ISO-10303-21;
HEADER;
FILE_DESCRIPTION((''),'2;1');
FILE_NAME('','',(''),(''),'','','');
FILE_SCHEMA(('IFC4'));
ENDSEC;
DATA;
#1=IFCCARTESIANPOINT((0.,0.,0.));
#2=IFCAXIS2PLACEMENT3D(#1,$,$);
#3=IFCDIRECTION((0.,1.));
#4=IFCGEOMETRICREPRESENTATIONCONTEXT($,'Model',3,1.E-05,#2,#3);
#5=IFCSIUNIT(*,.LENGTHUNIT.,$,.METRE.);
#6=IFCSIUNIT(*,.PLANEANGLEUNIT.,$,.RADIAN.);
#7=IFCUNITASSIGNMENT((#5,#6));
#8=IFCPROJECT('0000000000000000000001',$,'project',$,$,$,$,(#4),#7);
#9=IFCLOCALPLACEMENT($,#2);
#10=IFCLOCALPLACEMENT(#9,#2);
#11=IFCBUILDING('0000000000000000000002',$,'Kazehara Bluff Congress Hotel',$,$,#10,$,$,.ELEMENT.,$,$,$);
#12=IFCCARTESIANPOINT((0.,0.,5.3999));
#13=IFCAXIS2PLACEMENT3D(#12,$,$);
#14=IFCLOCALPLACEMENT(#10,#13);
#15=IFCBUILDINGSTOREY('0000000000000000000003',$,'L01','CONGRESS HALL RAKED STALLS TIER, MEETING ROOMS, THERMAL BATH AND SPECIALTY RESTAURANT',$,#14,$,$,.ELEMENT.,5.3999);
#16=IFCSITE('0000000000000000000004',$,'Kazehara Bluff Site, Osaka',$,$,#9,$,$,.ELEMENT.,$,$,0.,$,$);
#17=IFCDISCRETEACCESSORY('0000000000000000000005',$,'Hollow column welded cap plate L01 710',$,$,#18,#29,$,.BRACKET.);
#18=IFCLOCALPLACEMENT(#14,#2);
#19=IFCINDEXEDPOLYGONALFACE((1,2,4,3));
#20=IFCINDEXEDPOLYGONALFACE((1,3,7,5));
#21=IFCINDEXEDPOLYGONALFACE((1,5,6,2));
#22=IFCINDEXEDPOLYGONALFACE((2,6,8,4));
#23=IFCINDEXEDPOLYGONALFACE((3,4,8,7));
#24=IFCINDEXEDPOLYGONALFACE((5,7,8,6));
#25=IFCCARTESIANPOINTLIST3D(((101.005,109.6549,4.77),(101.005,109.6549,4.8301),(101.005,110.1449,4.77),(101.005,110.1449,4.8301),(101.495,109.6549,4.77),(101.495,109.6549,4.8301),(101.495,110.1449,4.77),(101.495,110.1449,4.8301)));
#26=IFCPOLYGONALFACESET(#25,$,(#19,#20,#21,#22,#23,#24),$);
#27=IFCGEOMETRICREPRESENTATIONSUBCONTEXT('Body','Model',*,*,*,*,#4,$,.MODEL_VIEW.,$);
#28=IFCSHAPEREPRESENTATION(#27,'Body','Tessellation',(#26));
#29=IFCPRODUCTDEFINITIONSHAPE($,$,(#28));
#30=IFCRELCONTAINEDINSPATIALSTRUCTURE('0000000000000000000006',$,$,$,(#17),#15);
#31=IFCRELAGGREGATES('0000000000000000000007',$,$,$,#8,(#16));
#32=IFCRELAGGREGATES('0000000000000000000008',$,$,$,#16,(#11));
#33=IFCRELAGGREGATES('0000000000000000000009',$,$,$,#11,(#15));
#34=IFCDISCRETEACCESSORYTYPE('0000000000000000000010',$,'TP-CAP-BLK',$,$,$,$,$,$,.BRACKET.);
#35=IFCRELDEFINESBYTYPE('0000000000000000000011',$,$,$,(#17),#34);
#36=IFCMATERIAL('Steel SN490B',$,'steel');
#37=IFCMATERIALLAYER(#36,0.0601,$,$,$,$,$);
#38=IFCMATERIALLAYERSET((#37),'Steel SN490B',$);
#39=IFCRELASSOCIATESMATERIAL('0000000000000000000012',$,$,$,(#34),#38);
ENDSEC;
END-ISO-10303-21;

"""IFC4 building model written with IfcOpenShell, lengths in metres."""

from ifc_helpers import new_model, si_unit, direction, frame, origin, origin_2d, place, context, subcontext, project, spatial, rectangle, extrude, material, layer, layer_set, type_object, element, save


model = new_model("IFC4")

# Units and contexts
model_context = context("Model", 3, precision=1e-05, world=origin(), true_north=direction((0.0, 1.0)))
body_context = subcontext(model_context, "Body", "Model", "MODEL_VIEW")
ifc_project = project(units=[si_unit("LENGTHUNIT", "METRE"), si_unit("PLANEANGLEUNIT", "RADIAN")], contexts=[model_context])

# Site, building, storey
site_placement = place(None, origin())
site = spatial("IfcSite", under=ifc_project, at=site_placement, Name="Kazehara Bluff Site, Osaka", CompositionType="ELEMENT", RefElevation=0.0)
building_placement = place(site_placement, origin())
building = spatial("IfcBuilding", under=site, at=building_placement, Name="Kazehara Bluff Congress Hotel", CompositionType="ELEMENT")
storey_placement = place(building_placement, frame((0.0, 0.0, 5.3999)))
storey = spatial("IfcBuildingStorey", under=building, at=storey_placement, Name="L01", Description="CONGRESS HALL RAKED STALLS TIER, MEETING ROOMS, THERMAL BATH AND SPECIALTY RESTAURANT", CompositionType="ELEMENT", Elevation=5.3999)

# Discrete accessory
ifc_material_1 = material(Name="Steel SN490B", Category="steel")
ifc_layer_1 = layer(ifc_material_1, 0.0601)
ifc_layer_set_1 = layer_set([ifc_layer_1], Name="Steel SN490B")
discrete_accessory_type = type_object("IfcDiscreteAccessoryType", Name="TP-CAP-BLK", PredefinedType="BRACKET", material=ifc_layer_set_1)
discrete_accessory_placement = place(storey_placement, frame((101.25, 109.8999, 4.77), z_axis=(0.0, 0.0, 1.0), x_axis=(1.0, 0.0, 0.0)))
element("IfcDiscreteAccessory", 1, at=discrete_accessory_placement, inside=storey, type_object=discrete_accessory_type, Name="Hollow column welded cap plate L01 710", PredefinedType="BRACKET", context=body_context, shape_type="SweptSolid", body=[
    extrude(rectangle(XDim=0.49, YDim=0.49, at=origin_2d()), origin(), (0.0, 0.0, 1.0), 0.0601),
])

save(model, "model.ifc")
